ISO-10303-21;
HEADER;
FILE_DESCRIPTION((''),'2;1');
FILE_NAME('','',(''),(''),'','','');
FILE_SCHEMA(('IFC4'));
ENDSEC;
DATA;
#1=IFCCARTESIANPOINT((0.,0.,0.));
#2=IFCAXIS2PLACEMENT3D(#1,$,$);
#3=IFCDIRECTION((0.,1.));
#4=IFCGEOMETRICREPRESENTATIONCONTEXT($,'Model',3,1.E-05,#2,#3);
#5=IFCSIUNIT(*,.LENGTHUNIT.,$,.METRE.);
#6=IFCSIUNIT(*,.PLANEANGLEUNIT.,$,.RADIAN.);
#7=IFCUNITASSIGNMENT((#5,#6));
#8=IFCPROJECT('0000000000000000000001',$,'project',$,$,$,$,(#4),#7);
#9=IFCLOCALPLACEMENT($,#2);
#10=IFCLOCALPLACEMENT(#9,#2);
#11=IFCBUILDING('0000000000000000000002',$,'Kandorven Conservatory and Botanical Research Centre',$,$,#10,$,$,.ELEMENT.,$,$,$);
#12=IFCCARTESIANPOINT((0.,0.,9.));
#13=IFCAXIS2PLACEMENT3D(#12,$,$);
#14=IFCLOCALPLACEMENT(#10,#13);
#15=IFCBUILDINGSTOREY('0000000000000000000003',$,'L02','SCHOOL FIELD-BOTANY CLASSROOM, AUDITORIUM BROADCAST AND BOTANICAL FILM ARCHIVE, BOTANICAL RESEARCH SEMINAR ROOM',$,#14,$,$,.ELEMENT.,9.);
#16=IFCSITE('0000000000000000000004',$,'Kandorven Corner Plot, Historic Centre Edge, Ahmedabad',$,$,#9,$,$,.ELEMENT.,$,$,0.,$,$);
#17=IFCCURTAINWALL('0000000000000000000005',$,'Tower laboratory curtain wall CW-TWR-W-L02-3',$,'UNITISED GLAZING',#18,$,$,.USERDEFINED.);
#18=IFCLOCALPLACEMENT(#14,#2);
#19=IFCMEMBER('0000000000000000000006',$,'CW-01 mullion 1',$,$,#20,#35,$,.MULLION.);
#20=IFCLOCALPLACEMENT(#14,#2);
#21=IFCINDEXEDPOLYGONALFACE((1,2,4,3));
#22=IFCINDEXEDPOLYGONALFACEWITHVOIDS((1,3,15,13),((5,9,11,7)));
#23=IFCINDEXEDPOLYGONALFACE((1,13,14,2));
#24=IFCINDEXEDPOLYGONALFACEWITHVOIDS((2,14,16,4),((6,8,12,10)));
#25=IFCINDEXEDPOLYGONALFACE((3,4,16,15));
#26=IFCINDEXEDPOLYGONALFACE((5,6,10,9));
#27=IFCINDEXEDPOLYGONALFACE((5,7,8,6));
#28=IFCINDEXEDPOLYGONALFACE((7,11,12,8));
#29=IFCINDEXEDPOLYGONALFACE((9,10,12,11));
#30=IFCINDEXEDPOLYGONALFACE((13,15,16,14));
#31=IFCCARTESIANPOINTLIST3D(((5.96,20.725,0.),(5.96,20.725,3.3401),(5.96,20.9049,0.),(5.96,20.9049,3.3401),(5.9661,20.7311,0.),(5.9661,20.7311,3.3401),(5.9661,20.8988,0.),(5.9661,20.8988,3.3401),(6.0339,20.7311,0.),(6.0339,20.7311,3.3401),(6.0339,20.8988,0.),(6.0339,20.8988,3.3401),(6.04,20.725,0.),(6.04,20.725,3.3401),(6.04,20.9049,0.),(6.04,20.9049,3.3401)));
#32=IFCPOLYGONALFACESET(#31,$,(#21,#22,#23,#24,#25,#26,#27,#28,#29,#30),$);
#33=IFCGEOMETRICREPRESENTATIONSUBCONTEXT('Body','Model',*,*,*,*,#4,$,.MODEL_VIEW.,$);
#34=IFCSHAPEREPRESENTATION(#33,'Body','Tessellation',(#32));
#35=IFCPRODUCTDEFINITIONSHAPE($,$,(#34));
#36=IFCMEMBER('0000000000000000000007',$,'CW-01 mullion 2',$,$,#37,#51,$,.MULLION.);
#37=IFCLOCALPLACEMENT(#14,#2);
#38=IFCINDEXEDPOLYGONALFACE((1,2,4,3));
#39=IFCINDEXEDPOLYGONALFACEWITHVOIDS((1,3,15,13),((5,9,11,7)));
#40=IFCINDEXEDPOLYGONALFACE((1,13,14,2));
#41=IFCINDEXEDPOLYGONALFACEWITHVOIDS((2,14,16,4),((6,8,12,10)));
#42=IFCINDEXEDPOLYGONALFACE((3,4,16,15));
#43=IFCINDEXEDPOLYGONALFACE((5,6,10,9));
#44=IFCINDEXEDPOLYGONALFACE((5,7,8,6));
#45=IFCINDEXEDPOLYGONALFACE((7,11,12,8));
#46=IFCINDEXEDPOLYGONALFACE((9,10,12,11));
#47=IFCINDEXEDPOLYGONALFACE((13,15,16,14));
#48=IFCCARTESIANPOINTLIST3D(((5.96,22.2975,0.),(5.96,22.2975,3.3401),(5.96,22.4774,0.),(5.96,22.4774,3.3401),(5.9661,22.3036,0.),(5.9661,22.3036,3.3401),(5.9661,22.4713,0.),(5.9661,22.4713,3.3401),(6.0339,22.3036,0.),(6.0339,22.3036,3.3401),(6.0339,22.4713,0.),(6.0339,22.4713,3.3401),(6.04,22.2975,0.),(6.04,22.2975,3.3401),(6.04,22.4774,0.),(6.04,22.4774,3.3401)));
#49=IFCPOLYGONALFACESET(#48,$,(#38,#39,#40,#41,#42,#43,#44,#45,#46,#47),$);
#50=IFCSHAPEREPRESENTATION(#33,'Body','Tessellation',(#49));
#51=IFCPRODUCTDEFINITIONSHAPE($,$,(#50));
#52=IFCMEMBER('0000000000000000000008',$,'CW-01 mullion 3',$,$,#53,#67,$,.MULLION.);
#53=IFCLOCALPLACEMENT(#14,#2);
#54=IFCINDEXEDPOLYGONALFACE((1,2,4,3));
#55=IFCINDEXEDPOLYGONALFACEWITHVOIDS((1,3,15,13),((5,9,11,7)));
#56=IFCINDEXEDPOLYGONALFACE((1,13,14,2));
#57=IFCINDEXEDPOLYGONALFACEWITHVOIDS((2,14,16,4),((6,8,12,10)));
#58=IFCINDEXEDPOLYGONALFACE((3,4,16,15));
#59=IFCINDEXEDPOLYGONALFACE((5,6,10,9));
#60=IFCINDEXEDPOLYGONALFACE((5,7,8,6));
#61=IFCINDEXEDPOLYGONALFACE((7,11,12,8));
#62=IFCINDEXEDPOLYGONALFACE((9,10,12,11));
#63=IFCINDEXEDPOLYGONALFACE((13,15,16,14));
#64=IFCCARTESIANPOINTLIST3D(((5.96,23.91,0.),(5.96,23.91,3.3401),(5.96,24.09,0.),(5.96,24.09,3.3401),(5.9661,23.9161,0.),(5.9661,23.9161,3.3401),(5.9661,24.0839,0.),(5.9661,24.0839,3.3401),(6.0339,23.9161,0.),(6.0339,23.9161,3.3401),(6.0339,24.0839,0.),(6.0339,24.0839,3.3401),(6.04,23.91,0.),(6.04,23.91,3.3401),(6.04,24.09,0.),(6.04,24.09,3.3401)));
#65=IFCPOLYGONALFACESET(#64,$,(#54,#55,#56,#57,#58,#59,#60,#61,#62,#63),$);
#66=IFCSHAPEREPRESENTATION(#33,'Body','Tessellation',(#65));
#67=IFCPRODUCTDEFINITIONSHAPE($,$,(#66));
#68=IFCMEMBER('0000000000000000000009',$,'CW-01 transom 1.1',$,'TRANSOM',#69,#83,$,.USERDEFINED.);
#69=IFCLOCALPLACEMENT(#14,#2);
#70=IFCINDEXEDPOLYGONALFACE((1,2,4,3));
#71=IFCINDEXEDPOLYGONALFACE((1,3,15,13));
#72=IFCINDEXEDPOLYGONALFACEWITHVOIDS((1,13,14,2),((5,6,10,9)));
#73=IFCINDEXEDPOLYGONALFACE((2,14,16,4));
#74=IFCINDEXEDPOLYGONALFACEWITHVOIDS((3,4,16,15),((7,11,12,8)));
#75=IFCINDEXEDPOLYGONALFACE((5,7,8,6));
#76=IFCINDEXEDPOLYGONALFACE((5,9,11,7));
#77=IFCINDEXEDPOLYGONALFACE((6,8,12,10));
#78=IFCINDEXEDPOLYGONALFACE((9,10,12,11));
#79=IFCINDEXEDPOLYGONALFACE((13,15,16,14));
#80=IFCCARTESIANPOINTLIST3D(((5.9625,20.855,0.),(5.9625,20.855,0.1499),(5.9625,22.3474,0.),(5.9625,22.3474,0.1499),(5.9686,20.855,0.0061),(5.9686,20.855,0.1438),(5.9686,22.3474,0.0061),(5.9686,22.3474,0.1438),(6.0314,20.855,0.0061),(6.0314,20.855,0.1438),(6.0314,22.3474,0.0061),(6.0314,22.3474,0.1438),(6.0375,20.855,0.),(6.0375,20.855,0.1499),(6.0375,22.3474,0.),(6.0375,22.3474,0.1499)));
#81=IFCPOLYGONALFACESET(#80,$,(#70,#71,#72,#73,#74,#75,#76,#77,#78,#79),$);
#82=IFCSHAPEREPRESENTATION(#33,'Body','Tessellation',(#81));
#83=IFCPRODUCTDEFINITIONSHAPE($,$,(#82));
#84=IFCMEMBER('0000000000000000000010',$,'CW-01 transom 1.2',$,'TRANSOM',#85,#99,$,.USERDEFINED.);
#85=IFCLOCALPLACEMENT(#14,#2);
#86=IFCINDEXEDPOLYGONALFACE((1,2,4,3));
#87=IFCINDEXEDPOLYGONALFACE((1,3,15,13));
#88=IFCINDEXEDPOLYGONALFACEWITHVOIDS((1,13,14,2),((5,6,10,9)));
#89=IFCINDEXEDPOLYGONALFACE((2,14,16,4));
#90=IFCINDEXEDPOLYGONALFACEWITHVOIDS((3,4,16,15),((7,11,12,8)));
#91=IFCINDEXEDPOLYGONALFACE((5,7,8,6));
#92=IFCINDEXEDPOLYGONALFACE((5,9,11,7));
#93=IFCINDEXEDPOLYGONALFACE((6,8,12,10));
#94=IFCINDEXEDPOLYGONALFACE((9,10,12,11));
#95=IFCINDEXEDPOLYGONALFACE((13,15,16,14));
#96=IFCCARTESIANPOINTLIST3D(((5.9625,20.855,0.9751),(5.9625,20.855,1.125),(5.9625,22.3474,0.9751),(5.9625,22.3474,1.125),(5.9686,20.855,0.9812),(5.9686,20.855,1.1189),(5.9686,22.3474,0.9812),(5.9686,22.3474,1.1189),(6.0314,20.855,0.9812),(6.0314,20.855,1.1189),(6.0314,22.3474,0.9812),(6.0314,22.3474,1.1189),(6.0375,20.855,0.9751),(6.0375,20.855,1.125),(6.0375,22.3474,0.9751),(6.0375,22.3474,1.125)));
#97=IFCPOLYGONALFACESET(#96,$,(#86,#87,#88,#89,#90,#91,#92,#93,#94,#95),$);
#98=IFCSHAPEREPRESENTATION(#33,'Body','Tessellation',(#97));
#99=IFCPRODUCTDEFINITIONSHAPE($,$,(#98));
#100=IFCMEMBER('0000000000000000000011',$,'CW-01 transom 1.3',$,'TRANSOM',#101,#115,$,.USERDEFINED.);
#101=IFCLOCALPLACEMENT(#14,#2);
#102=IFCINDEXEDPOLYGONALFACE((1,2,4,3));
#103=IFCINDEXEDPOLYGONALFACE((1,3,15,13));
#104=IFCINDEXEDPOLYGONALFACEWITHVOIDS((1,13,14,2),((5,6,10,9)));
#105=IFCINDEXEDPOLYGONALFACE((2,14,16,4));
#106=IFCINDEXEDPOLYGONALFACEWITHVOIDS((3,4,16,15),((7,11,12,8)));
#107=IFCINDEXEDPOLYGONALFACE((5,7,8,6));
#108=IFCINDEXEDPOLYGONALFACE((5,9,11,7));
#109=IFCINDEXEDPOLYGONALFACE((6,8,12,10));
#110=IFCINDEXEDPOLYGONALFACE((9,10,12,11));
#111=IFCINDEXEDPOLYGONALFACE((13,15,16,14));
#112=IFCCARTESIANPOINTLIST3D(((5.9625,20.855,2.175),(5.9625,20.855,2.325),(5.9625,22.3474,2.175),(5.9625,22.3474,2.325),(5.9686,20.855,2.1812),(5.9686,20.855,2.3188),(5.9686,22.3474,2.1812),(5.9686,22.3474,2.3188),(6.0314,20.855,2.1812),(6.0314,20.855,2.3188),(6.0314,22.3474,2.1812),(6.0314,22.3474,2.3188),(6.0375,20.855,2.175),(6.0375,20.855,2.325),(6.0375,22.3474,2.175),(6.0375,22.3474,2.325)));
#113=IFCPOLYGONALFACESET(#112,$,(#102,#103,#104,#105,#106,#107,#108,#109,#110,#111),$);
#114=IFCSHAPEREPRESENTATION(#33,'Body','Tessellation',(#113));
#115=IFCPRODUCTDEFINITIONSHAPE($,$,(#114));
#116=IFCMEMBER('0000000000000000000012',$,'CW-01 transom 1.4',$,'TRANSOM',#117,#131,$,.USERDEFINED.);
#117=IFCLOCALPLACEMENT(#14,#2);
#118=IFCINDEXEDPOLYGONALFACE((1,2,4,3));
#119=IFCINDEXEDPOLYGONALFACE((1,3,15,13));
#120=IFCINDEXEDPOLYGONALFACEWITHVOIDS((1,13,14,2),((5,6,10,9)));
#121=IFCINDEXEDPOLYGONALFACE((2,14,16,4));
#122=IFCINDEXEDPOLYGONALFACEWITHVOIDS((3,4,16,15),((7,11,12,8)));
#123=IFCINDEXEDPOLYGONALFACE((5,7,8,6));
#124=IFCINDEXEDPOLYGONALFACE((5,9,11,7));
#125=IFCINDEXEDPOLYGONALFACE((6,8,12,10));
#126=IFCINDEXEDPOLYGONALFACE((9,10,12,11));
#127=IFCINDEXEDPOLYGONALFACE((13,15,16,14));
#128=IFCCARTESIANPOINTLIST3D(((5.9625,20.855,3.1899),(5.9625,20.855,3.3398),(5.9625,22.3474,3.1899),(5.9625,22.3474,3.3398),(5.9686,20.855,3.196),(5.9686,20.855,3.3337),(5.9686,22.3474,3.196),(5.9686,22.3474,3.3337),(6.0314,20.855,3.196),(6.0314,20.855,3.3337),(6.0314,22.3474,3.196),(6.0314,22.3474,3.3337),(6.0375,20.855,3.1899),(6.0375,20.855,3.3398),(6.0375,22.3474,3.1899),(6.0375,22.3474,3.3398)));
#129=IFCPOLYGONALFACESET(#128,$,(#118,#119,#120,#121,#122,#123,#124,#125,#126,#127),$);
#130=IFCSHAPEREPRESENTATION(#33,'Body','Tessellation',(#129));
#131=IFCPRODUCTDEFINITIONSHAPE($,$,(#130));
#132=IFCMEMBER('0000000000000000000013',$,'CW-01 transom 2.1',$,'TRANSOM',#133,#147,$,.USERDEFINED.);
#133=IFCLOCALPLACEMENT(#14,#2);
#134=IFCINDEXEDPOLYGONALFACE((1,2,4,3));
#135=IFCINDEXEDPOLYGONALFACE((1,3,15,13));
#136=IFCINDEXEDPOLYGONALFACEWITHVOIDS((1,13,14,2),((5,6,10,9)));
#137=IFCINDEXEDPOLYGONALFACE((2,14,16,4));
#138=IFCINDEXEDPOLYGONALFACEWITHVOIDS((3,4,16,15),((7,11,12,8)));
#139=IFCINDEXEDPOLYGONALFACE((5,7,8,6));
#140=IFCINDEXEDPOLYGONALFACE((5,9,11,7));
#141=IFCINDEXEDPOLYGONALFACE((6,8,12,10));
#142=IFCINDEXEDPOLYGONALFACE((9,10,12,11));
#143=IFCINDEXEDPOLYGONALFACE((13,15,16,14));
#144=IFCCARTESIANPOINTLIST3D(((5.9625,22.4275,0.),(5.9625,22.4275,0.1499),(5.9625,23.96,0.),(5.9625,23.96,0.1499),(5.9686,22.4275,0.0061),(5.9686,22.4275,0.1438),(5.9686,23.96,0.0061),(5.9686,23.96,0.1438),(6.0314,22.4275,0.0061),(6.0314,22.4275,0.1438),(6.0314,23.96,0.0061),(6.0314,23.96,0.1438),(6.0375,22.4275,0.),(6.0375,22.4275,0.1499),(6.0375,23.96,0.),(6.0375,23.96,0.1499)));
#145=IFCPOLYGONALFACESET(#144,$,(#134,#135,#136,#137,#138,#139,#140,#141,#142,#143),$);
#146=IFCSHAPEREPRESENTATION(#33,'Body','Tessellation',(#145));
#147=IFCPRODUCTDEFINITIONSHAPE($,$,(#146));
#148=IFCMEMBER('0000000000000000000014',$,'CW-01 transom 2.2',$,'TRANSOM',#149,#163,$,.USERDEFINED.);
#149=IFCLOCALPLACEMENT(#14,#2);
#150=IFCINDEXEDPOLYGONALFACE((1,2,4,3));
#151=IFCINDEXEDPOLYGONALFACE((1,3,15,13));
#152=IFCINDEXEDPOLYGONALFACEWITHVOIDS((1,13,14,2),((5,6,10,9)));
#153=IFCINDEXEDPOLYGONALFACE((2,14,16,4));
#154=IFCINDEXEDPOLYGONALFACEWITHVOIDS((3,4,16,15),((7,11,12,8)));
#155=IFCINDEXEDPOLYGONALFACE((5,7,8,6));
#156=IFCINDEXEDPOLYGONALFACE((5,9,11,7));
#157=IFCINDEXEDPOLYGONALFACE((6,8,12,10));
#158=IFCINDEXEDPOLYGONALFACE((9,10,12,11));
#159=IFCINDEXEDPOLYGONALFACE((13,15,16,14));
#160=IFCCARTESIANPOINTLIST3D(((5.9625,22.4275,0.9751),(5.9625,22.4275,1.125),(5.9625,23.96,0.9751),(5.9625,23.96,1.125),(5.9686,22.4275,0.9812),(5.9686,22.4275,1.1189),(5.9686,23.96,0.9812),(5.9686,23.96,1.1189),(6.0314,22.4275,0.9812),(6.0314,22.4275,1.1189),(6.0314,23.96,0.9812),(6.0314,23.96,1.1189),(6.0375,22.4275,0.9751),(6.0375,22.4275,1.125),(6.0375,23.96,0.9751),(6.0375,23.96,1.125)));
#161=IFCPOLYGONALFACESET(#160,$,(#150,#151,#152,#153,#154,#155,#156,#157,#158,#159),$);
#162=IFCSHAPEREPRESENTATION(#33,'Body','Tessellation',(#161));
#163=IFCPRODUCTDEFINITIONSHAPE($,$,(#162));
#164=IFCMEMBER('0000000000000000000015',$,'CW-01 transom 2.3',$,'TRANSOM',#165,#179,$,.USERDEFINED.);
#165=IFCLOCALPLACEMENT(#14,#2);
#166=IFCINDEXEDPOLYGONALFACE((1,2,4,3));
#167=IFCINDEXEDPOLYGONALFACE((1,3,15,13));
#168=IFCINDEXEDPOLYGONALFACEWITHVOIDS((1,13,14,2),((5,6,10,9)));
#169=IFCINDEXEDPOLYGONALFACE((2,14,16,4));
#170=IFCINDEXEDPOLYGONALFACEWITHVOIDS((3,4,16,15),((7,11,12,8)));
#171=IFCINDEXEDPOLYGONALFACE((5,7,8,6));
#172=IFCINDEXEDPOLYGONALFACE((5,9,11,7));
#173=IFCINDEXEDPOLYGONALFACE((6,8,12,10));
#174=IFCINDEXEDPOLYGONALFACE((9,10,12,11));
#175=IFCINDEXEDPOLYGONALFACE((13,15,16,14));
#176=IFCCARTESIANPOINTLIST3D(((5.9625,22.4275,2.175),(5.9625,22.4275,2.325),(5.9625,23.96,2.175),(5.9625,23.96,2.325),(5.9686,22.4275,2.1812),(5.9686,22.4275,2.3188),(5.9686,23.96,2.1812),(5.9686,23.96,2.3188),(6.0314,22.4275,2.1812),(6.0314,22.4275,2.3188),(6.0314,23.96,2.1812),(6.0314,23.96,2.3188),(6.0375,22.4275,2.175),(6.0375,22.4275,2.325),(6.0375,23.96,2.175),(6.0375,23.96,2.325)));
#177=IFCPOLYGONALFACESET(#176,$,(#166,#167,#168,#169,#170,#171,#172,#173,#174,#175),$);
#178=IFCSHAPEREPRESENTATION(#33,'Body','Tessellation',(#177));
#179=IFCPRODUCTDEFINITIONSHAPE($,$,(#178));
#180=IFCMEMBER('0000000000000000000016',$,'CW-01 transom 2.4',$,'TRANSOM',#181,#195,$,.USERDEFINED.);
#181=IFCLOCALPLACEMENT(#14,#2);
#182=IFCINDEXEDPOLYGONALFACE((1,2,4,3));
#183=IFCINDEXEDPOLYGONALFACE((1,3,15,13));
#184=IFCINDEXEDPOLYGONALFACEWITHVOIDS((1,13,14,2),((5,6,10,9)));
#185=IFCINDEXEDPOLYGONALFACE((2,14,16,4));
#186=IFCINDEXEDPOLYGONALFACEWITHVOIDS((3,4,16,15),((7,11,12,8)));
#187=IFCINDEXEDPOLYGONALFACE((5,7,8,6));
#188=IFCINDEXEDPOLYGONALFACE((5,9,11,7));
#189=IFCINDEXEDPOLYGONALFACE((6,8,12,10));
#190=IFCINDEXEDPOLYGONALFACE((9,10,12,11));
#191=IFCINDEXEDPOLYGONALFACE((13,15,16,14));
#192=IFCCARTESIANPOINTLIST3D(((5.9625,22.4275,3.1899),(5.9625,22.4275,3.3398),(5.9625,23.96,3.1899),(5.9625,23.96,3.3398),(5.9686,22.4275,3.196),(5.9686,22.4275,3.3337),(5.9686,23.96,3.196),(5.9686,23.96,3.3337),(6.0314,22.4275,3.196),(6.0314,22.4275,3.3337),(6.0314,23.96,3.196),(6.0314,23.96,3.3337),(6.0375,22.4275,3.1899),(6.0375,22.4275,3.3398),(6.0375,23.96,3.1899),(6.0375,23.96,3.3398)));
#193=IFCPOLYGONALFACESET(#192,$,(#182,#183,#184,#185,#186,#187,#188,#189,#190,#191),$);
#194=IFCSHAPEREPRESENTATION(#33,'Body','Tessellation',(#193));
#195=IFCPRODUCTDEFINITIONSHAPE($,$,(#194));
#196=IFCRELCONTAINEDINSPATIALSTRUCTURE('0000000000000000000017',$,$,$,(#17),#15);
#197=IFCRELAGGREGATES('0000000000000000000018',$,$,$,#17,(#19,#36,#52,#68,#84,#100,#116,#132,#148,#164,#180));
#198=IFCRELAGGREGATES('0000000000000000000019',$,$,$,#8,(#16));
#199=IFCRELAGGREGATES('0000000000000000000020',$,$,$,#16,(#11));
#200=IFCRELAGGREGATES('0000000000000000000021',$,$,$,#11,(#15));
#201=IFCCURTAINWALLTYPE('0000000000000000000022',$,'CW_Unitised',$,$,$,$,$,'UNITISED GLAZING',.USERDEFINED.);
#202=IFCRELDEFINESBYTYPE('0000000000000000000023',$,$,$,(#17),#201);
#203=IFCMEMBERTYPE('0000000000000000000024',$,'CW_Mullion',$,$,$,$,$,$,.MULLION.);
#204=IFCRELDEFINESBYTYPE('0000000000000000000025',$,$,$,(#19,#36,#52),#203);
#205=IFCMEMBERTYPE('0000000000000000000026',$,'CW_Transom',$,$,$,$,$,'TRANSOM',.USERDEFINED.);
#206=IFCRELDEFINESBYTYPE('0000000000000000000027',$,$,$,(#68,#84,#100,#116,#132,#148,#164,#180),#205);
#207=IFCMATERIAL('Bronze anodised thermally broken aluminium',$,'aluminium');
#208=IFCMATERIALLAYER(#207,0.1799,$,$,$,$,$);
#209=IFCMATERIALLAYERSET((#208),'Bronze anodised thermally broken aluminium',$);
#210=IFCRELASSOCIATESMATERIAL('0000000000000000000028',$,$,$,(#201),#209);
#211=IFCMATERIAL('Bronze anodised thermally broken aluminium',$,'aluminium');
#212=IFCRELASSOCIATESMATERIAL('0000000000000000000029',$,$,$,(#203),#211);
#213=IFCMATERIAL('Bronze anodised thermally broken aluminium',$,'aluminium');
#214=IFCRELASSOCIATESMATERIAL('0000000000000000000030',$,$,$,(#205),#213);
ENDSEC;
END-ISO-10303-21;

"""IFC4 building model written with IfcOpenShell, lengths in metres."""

from ifc_helpers import new_model, si_unit, direction, frame, origin, origin_2d, place, context, subcontext, project, spatial, hollow_rectangle, extrude, material, layer, layer_set, material_profile, profile_set, type_object, element, aggregate, save


model = new_model("IFC4")

# Units and contexts
model_context = context("Model", 3, precision=1e-05, world=origin(), true_north=direction((0.0, 1.0)))
body_context = subcontext(model_context, "Body", "Model", "MODEL_VIEW")
ifc_project = project(units=[si_unit("LENGTHUNIT", "METRE"), si_unit("PLANEANGLEUNIT", "RADIAN")], contexts=[model_context])

# Site, building, storey
site_placement = place(None, origin())
site = spatial("IfcSite", under=ifc_project, at=site_placement, Name="Kandorven Corner Plot, Historic Centre Edge, Ahmedabad", CompositionType="ELEMENT", RefElevation=0.0)
building_placement = place(site_placement, origin())
building = spatial("IfcBuilding", under=site, at=building_placement, Name="Kandorven Conservatory and Botanical Research Centre", CompositionType="ELEMENT")
storey_placement = place(building_placement, frame((0.0, 0.0, 9.0)))
storey = spatial("IfcBuildingStorey", under=building, at=storey_placement, Name="L02", Description="SCHOOL FIELD-BOTANY CLASSROOM, AUDITORIUM BROADCAST AND BOTANICAL FILM ARCHIVE, BOTANICAL RESEARCH SEMINAR ROOM", CompositionType="ELEMENT", Elevation=9.0)

# Curtain wall, members
ifc_material_1 = material(Name="Bronze anodised thermally broken aluminium", Category="aluminium")
ifc_layer_1 = layer(ifc_material_1, 0.1799)
ifc_layer_set_1 = layer_set([ifc_layer_1], Name="Bronze anodised thermally broken aluminium")
curtain_wall_type = type_object("IfcCurtainWallType", Name="CW_Unitised", ElementType="UNITISED GLAZING", PredefinedType="USERDEFINED", material=ifc_layer_set_1)
curtain_wall_placement = place(storey_placement, origin())
curtain_wall = element("IfcCurtainWall", 1, at=curtain_wall_placement, inside=storey, type_object=curtain_wall_type, Name="Tower laboratory curtain wall CW-TWR-W-L02-3", ObjectType="UNITISED GLAZING", PredefinedType="USERDEFINED")
ifc_material_2 = material(Name="Bronze anodised thermally broken aluminium", Category="aluminium")
ifc_material_profile_1 = material_profile(ifc_material_2, hollow_rectangle(XDim=0.0801, YDim=0.1799, WallThickness=0.0061, at=origin_2d()))
ifc_profile_set_1 = profile_set([ifc_material_profile_1], Name="Bronze anodised thermally broken aluminium")
member_type_1 = type_object("IfcMemberType", Name="CW_Mullion", PredefinedType="MULLION", material=ifc_profile_set_1)
member_1_placement = place(storey_placement, frame((6.0, 20.8149, 0.0), z_axis=(0.0, 0.0, 1.0), x_axis=(-1.0, 0.0, 0.0)))
member_1 = element("IfcMember", 2, at=member_1_placement, type_object=member_type_1, Name="CW-01 mullion 1", PredefinedType="MULLION", context=body_context, shape_type="SweptSolid", body=[
    extrude(hollow_rectangle(XDim=0.0801, YDim=0.1799, WallThickness=0.0061, at=origin_2d()), origin(), (0.0, 0.0, 1.0), 3.3401),
])
member_2_placement = place(storey_placement, frame((6.0, 22.3875, 0.0), z_axis=(0.0, 0.0, 1.0), x_axis=(-1.0, 0.0, 0.0)))
member_2 = element("IfcMember", 3, at=member_2_placement, type_object=member_type_1, Name="CW-01 mullion 2", PredefinedType="MULLION", context=body_context, shape_type="SweptSolid", body=[
    extrude(hollow_rectangle(XDim=0.0801, YDim=0.1799, WallThickness=0.0061, at=origin_2d()), origin(), (0.0, 0.0, 1.0), 3.3401),
])
member_3_placement = place(storey_placement, frame((6.0, 24.0, 0.0), z_axis=(0.0, 0.0, 1.0), x_axis=(-1.0, 0.0, 0.0)))
member_3 = element("IfcMember", 4, at=member_3_placement, type_object=member_type_1, Name="CW-01 mullion 3", PredefinedType="MULLION", context=body_context, shape_type="SweptSolid", body=[
    extrude(hollow_rectangle(XDim=0.0801, YDim=0.1799, WallThickness=0.0061, at=origin_2d()), origin(), (0.0, 0.0, 1.0), 3.3401),
])
ifc_material_3 = material(Name="Bronze anodised thermally broken aluminium", Category="aluminium")
ifc_material_profile_2 = material_profile(ifc_material_3, hollow_rectangle(XDim=0.075, YDim=0.1499, WallThickness=0.0061, at=origin_2d()))
ifc_profile_set_2 = profile_set([ifc_material_profile_2], Name="Bronze anodised thermally broken aluminium")
member_type_2 = type_object("IfcMemberType", Name="CW_Transom", ElementType="TRANSOM", PredefinedType="USERDEFINED", material=ifc_profile_set_2)
member_4_placement = place(storey_placement, frame((6.0, 20.855, 0.075), z_axis=(0.0, 1.0, 0.0), x_axis=(-1.0, 0.0, 0.0)))
member_4 = element("IfcMember", 5, at=member_4_placement, type_object=member_type_2, Name="CW-01 transom 1.1", ObjectType="TRANSOM", PredefinedType="USERDEFINED", context=body_context, shape_type="SweptSolid", body=[
    extrude(hollow_rectangle(XDim=0.075, YDim=0.1499, WallThickness=0.0061, at=origin_2d()), origin(), (0.0, 0.0, 1.0), 1.4924),
])
member_5_placement = place(storey_placement, frame((6.0, 20.855, 1.05), z_axis=(0.0, 1.0, 0.0), x_axis=(-1.0, 0.0, 0.0)))
member_5 = element("IfcMember", 6, at=member_5_placement, type_object=member_type_2, Name="CW-01 transom 1.2", ObjectType="TRANSOM", PredefinedType="USERDEFINED", context=body_context, shape_type="SweptSolid", body=[
    extrude(hollow_rectangle(XDim=0.075, YDim=0.1499, WallThickness=0.0061, at=origin_2d()), origin(), (0.0, 0.0, 1.0), 1.4924),
])
member_6_placement = place(storey_placement, frame((6.0, 20.855, 2.25), z_axis=(0.0, 1.0, 0.0), x_axis=(-1.0, 0.0, 0.0)))
member_6 = element("IfcMember", 7, at=member_6_placement, type_object=member_type_2, Name="CW-01 transom 1.3", ObjectType="TRANSOM", PredefinedType="USERDEFINED", context=body_context, shape_type="SweptSolid", body=[
    extrude(hollow_rectangle(XDim=0.075, YDim=0.1499, WallThickness=0.0061, at=origin_2d()), origin(), (0.0, 0.0, 1.0), 1.4924),
])
member_7_placement = place(storey_placement, frame((6.0, 20.855, 3.2649), z_axis=(0.0, 1.0, 0.0), x_axis=(-1.0, 0.0, 0.0)))
member_7 = element("IfcMember", 8, at=member_7_placement, type_object=member_type_2, Name="CW-01 transom 1.4", ObjectType="TRANSOM", PredefinedType="USERDEFINED", context=body_context, shape_type="SweptSolid", body=[
    extrude(hollow_rectangle(XDim=0.075, YDim=0.1499, WallThickness=0.0061, at=origin_2d()), origin(), (0.0, 0.0, 1.0), 1.4924),
])
member_8_placement = place(storey_placement, frame((6.0, 22.4275, 0.075), z_axis=(0.0, 1.0, 0.0), x_axis=(-1.0, 0.0, 0.0)))
member_8 = element("IfcMember", 9, at=member_8_placement, type_object=member_type_2, Name="CW-01 transom 2.1", ObjectType="TRANSOM", PredefinedType="USERDEFINED", context=body_context, shape_type="SweptSolid", body=[
    extrude(hollow_rectangle(XDim=0.075, YDim=0.1499, WallThickness=0.0061, at=origin_2d()), origin(), (0.0, 0.0, 1.0), 1.5325),
])
member_9_placement = place(storey_placement, frame((6.0, 22.4275, 1.05), z_axis=(0.0, 1.0, 0.0), x_axis=(-1.0, 0.0, 0.0)))
member_9 = element("IfcMember", 10, at=member_9_placement, type_object=member_type_2, Name="CW-01 transom 2.2", ObjectType="TRANSOM", PredefinedType="USERDEFINED", context=body_context, shape_type="SweptSolid", body=[
    extrude(hollow_rectangle(XDim=0.075, YDim=0.1499, WallThickness=0.0061, at=origin_2d()), origin(), (0.0, 0.0, 1.0), 1.5325),
])
member_10_placement = place(storey_placement, frame((6.0, 22.4275, 2.25), z_axis=(0.0, 1.0, 0.0), x_axis=(-1.0, 0.0, 0.0)))
member_10 = element("IfcMember", 11, at=member_10_placement, type_object=member_type_2, Name="CW-01 transom 2.3", ObjectType="TRANSOM", PredefinedType="USERDEFINED", context=body_context, shape_type="SweptSolid", body=[
    extrude(hollow_rectangle(XDim=0.075, YDim=0.1499, WallThickness=0.0061, at=origin_2d()), origin(), (0.0, 0.0, 1.0), 1.5325),
])
member_11_placement = place(storey_placement, frame((6.0, 22.4275, 3.2649), z_axis=(0.0, 1.0, 0.0), x_axis=(-1.0, 0.0, 0.0)))
member_11 = element("IfcMember", 12, at=member_11_placement, type_object=member_type_2, Name="CW-01 transom 2.4", ObjectType="TRANSOM", PredefinedType="USERDEFINED", context=body_context, shape_type="SweptSolid", body=[
    extrude(hollow_rectangle(XDim=0.075, YDim=0.1499, WallThickness=0.0061, at=origin_2d()), origin(), (0.0, 0.0, 1.0), 1.5325),
])
aggregate(curtain_wall, [member_1, member_2, member_3, member_4, member_5, member_6, member_7, member_8, member_9, member_10, member_11])

save(model, "model.ifc")
